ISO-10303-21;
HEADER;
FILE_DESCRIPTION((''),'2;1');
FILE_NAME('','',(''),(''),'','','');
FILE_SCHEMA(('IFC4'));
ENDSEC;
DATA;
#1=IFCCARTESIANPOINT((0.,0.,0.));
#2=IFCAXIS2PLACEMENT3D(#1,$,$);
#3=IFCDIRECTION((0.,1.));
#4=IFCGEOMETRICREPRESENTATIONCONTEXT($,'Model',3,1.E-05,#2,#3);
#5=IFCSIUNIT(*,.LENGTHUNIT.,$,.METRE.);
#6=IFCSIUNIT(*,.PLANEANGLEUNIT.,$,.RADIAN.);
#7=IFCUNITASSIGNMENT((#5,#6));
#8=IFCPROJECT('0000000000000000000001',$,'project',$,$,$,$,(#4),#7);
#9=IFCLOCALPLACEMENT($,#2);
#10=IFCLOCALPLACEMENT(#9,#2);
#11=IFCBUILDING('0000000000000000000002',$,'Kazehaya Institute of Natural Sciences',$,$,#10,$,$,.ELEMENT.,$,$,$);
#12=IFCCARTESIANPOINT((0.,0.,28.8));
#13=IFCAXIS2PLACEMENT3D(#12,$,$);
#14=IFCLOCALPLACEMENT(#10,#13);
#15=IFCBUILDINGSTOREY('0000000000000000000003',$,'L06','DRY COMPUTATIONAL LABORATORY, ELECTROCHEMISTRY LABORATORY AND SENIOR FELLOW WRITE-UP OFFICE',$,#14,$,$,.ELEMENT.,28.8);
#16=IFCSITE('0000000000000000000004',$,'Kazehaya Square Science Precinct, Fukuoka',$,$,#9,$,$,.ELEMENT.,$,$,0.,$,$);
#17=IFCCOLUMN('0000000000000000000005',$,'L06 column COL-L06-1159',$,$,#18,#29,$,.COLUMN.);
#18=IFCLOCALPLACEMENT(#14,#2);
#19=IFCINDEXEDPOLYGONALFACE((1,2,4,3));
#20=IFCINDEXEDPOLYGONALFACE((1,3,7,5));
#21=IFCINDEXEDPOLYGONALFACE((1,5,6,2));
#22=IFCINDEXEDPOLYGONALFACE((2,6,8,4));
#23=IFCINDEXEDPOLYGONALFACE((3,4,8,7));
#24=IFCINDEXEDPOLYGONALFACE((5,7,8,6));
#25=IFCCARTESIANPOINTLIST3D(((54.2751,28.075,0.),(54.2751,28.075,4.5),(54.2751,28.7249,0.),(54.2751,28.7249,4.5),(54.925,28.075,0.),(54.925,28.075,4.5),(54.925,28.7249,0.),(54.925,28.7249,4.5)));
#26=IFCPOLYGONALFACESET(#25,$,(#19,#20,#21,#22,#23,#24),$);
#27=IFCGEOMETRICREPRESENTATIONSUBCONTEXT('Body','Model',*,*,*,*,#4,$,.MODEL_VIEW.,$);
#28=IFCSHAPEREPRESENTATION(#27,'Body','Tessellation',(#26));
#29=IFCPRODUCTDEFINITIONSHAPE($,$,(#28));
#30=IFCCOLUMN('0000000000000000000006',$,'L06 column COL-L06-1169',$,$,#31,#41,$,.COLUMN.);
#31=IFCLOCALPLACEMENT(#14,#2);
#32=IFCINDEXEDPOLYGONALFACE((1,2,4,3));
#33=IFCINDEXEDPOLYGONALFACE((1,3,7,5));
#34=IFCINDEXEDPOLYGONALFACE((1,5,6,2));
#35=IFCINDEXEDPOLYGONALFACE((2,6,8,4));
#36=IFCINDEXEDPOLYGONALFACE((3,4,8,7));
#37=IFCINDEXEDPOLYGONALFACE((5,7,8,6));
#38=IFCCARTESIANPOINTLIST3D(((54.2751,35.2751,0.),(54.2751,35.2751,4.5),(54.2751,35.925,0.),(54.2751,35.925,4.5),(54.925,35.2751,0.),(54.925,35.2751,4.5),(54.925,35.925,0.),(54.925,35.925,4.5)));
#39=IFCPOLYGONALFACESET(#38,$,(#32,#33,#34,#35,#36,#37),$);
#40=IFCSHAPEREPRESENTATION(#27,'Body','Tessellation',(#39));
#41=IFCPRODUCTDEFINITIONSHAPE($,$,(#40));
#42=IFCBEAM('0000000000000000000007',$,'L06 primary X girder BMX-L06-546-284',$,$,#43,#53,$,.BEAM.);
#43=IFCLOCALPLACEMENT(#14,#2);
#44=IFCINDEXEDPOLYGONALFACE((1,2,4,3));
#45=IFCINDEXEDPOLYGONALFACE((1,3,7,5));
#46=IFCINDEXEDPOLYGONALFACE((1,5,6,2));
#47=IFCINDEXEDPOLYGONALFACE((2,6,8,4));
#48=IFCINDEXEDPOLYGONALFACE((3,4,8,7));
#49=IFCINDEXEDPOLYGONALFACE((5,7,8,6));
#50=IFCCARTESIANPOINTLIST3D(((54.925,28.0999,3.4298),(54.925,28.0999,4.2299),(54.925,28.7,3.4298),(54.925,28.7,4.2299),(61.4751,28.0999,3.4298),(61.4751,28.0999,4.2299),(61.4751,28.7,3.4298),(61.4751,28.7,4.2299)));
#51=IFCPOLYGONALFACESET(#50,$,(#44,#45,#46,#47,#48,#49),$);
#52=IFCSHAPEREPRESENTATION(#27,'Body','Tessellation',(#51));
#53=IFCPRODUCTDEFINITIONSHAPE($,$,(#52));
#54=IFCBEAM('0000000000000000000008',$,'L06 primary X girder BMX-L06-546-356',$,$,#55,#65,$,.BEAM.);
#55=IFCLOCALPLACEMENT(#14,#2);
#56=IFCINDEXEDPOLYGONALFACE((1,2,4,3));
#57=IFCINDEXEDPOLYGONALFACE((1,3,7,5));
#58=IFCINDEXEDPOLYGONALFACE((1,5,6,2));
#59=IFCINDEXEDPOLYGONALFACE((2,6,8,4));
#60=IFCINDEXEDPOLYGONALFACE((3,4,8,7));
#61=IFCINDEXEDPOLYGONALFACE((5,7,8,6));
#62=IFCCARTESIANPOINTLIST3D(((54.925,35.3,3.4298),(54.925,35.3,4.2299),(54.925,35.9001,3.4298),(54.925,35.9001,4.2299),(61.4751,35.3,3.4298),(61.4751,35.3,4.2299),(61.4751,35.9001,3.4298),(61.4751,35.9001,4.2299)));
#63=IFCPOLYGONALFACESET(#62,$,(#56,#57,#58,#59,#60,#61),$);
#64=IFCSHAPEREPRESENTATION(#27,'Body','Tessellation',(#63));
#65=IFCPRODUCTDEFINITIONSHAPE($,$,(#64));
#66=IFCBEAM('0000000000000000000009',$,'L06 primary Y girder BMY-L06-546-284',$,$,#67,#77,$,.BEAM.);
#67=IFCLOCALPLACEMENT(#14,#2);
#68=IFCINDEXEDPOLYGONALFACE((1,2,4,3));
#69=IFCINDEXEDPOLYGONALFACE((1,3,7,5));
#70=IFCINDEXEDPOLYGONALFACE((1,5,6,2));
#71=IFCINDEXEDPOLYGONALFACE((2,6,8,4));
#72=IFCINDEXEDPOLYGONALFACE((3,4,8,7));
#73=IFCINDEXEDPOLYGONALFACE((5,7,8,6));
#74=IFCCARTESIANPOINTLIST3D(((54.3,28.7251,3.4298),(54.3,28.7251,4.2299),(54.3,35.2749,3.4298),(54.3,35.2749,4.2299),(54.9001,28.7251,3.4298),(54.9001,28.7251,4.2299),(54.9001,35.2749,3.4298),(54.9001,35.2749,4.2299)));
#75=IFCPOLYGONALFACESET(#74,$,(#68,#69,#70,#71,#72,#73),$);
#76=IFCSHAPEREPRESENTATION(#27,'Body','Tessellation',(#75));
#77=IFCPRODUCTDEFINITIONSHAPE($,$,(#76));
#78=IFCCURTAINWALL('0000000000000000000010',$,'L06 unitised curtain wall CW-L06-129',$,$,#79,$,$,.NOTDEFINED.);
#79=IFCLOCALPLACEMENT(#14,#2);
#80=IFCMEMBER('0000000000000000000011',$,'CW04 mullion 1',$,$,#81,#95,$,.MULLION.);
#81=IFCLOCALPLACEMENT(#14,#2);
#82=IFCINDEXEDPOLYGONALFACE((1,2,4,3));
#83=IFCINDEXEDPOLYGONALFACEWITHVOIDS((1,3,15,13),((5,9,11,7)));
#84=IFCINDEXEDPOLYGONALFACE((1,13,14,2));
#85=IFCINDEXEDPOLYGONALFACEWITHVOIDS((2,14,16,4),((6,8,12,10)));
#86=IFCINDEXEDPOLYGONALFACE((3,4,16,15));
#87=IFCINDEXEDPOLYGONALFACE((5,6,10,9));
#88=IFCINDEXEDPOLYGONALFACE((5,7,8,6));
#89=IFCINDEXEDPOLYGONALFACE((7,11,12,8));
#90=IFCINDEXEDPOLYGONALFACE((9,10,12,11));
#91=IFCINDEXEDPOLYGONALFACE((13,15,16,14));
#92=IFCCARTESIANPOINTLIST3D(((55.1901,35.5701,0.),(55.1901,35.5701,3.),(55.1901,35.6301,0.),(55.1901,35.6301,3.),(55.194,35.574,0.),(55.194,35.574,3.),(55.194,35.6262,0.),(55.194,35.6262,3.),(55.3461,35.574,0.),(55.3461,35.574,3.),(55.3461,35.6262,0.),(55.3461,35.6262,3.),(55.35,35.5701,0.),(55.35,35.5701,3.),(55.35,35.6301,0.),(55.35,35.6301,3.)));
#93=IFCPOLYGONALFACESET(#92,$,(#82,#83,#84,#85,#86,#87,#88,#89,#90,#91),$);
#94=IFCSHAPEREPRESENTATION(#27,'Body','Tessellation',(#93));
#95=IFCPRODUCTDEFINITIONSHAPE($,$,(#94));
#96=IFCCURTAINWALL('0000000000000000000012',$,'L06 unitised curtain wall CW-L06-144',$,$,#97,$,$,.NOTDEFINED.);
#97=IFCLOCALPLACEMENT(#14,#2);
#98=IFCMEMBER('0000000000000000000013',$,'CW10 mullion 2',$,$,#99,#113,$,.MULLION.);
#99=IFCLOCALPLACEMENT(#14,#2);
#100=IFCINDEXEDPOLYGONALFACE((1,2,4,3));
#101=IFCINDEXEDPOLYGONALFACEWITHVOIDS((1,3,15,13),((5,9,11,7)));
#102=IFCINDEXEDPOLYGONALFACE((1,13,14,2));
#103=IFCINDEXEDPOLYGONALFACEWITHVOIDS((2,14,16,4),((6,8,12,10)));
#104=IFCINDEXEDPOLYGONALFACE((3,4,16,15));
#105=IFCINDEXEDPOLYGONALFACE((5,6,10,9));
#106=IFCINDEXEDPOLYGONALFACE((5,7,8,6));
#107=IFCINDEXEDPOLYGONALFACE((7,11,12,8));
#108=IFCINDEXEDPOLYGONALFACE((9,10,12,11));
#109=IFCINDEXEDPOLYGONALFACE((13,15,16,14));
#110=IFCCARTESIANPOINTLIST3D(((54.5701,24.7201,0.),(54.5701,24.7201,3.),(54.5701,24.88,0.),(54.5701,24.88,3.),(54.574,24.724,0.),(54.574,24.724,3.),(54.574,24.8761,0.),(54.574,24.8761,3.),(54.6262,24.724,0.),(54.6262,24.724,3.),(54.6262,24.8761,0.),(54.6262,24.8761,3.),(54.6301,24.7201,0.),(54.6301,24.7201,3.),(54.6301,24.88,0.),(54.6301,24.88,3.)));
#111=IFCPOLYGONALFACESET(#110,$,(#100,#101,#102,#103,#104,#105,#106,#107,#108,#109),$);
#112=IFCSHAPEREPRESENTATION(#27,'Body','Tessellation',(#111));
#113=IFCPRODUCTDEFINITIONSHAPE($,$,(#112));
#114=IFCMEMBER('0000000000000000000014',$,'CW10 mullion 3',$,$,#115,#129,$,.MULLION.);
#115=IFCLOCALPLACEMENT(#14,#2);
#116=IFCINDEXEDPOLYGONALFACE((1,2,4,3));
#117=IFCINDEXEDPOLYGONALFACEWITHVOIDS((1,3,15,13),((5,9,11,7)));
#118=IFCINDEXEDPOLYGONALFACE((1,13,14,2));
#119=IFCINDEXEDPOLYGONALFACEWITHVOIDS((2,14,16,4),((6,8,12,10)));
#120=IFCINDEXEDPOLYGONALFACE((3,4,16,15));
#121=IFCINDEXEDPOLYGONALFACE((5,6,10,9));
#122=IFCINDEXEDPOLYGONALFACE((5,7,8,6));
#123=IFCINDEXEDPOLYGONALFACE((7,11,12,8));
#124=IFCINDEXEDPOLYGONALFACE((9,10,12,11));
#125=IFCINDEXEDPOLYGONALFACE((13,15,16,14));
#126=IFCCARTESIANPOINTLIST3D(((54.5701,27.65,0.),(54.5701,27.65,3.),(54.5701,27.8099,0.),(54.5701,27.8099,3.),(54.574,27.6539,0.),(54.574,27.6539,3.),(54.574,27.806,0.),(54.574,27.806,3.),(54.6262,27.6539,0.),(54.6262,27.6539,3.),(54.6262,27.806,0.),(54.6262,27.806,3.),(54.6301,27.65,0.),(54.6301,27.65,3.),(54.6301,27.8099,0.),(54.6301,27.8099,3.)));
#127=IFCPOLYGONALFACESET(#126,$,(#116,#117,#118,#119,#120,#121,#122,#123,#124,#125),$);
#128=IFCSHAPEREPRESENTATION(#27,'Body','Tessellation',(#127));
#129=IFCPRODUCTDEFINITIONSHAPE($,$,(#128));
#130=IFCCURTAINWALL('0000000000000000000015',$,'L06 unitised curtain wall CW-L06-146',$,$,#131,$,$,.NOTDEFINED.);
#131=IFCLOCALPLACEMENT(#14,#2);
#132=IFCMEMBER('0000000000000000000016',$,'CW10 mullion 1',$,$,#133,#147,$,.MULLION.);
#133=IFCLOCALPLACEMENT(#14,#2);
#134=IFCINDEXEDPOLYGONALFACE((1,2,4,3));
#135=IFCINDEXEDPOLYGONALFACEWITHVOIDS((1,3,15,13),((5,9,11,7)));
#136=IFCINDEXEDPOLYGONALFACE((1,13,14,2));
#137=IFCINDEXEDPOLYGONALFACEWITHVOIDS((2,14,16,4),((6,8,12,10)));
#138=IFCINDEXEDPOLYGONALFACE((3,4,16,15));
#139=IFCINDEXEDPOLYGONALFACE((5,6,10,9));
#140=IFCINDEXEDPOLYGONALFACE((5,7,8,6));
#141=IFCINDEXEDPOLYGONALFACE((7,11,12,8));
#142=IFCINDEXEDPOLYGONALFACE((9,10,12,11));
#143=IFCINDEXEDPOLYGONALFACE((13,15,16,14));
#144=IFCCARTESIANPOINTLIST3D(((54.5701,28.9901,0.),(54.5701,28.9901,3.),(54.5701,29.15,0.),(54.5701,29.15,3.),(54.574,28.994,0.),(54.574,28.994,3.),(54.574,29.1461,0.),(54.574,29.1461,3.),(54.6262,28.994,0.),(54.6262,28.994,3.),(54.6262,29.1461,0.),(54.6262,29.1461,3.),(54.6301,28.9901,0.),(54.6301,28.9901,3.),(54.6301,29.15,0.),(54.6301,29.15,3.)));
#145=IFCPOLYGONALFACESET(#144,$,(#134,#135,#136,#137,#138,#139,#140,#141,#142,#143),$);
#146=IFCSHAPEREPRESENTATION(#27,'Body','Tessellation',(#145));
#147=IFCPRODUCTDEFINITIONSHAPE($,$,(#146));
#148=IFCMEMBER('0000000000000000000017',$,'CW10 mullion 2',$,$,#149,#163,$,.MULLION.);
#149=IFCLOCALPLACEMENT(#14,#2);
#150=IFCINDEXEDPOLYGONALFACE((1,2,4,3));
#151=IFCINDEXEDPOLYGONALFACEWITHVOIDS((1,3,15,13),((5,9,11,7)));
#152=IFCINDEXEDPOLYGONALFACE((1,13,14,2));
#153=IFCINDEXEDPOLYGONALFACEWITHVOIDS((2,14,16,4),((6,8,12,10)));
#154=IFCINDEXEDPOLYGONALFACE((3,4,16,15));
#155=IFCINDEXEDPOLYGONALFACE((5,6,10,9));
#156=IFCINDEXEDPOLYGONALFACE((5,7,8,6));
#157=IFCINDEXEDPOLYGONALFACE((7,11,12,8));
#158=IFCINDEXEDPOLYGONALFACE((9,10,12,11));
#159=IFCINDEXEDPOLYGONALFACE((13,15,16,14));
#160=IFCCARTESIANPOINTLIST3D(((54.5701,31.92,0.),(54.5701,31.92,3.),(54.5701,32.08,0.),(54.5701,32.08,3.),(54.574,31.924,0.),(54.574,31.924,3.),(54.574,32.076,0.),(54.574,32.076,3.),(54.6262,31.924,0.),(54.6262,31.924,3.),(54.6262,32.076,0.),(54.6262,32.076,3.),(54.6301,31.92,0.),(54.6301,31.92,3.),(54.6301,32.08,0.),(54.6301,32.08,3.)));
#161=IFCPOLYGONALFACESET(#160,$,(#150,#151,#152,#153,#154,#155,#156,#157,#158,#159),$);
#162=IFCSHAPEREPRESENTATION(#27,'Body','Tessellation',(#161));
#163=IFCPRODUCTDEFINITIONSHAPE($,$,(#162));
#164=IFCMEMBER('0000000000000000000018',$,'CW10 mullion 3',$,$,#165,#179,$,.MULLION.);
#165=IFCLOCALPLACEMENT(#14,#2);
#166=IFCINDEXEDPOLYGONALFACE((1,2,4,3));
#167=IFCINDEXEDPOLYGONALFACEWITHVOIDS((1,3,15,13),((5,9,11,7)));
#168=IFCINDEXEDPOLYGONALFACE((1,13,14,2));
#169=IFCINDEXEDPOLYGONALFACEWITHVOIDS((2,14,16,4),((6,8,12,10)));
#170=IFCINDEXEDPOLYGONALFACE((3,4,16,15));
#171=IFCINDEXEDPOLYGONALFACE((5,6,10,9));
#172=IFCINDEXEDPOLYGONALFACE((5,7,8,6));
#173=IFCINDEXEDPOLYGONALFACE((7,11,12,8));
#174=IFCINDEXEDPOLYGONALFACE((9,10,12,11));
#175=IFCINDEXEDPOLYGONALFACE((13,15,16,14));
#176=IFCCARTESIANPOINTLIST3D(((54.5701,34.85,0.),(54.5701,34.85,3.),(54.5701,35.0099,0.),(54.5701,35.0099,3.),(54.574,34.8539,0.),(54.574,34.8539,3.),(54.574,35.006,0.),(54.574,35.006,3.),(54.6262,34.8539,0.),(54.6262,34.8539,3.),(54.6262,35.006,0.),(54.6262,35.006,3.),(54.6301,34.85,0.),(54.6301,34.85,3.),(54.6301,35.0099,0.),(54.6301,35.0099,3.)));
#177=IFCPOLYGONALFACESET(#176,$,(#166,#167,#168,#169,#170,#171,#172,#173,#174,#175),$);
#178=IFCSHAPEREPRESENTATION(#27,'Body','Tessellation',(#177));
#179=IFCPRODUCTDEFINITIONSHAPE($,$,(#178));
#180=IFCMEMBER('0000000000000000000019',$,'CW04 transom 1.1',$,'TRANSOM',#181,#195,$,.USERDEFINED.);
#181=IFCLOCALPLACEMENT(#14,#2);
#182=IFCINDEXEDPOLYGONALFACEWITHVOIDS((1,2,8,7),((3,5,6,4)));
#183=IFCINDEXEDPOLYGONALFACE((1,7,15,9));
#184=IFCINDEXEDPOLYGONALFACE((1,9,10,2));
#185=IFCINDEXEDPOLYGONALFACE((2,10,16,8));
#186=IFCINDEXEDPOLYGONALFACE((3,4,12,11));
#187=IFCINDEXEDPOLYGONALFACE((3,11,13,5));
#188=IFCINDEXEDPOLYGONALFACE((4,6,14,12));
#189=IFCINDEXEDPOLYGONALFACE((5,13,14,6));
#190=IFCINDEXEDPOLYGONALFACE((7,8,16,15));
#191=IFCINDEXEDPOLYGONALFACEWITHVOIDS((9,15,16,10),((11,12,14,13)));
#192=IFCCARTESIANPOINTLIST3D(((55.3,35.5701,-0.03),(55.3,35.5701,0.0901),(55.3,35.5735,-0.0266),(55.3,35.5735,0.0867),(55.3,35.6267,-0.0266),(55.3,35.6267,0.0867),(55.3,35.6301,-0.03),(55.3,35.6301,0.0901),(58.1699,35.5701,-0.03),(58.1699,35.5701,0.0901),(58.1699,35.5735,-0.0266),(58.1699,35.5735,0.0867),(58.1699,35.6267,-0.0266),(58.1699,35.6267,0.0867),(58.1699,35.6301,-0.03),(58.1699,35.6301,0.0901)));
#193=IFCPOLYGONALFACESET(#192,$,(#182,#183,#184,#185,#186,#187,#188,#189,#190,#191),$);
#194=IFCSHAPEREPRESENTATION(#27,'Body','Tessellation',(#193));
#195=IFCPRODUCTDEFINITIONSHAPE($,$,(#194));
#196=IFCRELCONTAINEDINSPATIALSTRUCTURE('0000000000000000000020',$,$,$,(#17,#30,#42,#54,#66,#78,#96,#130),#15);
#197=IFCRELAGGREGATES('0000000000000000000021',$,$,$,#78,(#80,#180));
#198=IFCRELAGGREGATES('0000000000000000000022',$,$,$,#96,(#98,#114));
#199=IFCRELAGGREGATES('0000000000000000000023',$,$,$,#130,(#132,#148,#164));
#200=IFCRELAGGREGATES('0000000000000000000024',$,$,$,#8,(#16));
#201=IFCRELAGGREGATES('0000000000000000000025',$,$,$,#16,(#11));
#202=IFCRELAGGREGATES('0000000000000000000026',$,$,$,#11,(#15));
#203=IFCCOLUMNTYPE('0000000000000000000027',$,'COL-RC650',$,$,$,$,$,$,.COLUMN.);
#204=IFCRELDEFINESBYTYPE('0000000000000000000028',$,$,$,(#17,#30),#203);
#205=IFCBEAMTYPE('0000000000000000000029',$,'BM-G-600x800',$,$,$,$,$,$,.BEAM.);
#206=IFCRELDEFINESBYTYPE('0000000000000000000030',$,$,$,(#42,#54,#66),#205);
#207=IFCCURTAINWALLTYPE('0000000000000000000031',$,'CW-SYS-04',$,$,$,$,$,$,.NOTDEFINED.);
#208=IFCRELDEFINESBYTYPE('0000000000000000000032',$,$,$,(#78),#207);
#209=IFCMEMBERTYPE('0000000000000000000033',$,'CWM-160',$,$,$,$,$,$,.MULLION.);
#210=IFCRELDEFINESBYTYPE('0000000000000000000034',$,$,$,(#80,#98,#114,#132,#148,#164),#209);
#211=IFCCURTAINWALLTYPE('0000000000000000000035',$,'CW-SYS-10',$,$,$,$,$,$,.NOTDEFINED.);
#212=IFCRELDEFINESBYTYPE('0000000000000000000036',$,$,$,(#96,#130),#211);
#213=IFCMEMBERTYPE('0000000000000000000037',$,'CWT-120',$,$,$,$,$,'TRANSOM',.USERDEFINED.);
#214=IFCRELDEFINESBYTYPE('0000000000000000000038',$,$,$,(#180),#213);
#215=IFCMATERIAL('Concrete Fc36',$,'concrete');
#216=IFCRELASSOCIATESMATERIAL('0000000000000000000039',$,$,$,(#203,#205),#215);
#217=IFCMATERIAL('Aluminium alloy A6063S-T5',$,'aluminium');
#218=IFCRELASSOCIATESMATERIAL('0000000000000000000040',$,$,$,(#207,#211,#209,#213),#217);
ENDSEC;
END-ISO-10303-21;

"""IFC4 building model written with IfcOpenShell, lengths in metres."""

from ifc_helpers import new_model, si_unit, direction, frame, origin, origin_2d, place, context, subcontext, project, spatial, rectangle, hollow_rectangle, extrude, material, material_profile, profile_set, type_object, element, aggregate, save


model = new_model("IFC4")

# Units and contexts
model_context = context("Model", 3, precision=1e-05, world=origin(), true_north=direction((0.0, 1.0)))
body_context = subcontext(model_context, "Body", "Model", "MODEL_VIEW")
ifc_project = project(units=[si_unit("LENGTHUNIT", "METRE"), si_unit("PLANEANGLEUNIT", "RADIAN")], contexts=[model_context])

# Site, building, storey
site_placement = place(None, origin())
site = spatial("IfcSite", under=ifc_project, at=site_placement, Name="Kazehaya Square Science Precinct, Fukuoka", CompositionType="ELEMENT", RefElevation=0.0)
building_placement = place(site_placement, origin())
building = spatial("IfcBuilding", under=site, at=building_placement, Name="Kazehaya Institute of Natural Sciences", CompositionType="ELEMENT")
storey_placement = place(building_placement, frame((0.0, 0.0, 28.8)))
storey = spatial("IfcBuildingStorey", under=building, at=storey_placement, Name="L06", Description="DRY COMPUTATIONAL LABORATORY, ELECTROCHEMISTRY LABORATORY AND SENIOR FELLOW WRITE-UP OFFICE", CompositionType="ELEMENT", Elevation=28.8)

# Columns
ifc_material_1 = material(Name="Concrete Fc36", Category="concrete")
ifc_material_profile_1 = material_profile(ifc_material_1, rectangle(XDim=0.6499, YDim=0.6499, at=origin_2d()), Name="RC-650x650")
ifc_profile_set_1 = profile_set([ifc_material_profile_1], Name="Concrete Fc36")
column_type = type_object("IfcColumnType", Name="COL-RC650", PredefinedType="COLUMN", material=ifc_profile_set_1)
for number, where, z_axis, x_axis, name in (
    (1, (54.6001, 28.3999, 0.0), (0.0, 0.0, 1.0), (1.0, 0.0, 0.0), "L06 column COL-L06-1159"),
    (2, (54.6001, 35.6001, 0.0), (0.0, 0.0, 1.0), (1.0, 0.0, 0.0), "L06 column COL-L06-1169"),
):
    element("IfcColumn", number, at=place(storey_placement, frame(where, z_axis=z_axis, x_axis=x_axis)), inside=storey, type_object=column_type, Name=name, PredefinedType="COLUMN", context=body_context, shape_type="SweptSolid", body=[
        extrude(rectangle(XDim=0.6499, YDim=0.6499, at=origin_2d()), origin(), (0.0, 0.0, 1.0), 4.5),
    ])

# Beams
ifc_material_profile_2 = material_profile(ifc_material_1, rectangle(XDim=0.6001, YDim=0.8, at=origin_2d()), Name="RC-600x800")
ifc_profile_set_2 = profile_set([ifc_material_profile_2], Name="Concrete Fc36")
beam_type = type_object("IfcBeamType", Name="BM-G-600x800", PredefinedType="BEAM", material=ifc_profile_set_2)
for number, where, z_axis, x_axis, name in (
    (3, (54.925, 28.3999, 3.8298), (1.0, 0.0, 0.0), (0.0, 1.0, 0.0), "L06 primary X girder BMX-L06-546-284"),
    (4, (54.925, 35.6001, 3.8298), (1.0, 0.0, 0.0), (0.0, 1.0, 0.0), "L06 primary X girder BMX-L06-546-356"),
):
    element("IfcBeam", number, at=place(storey_placement, frame(where, z_axis=z_axis, x_axis=x_axis)), inside=storey, type_object=beam_type, Name=name, PredefinedType="BEAM", context=body_context, shape_type="SweptSolid", body=[
        extrude(rectangle(XDim=0.6001, YDim=0.8, at=origin_2d()), origin(), (0.0, 0.0, 1.0), 6.55),
    ])
beam_placement = place(storey_placement, frame((54.6001, 28.7251, 3.8298), z_axis=(0.0, 1.0, 0.0), x_axis=(-1.0, 0.0, 0.0)))
element("IfcBeam", 5, at=beam_placement, inside=storey, type_object=beam_type, Name="L06 primary Y girder BMY-L06-546-284", PredefinedType="BEAM", context=body_context, shape_type="SweptSolid", body=[
    extrude(rectangle(XDim=0.6001, YDim=0.8, at=origin_2d()), origin(), (0.0, 0.0, 1.0), 6.5498),
])

# Curtain wall, member
ifc_material_2 = material(Name="Aluminium alloy A6063S-T5", Category="aluminium")
curtain_wall_type_1 = type_object("IfcCurtainWallType", Name="CW-SYS-04", PredefinedType="NOTDEFINED", material=ifc_material_2)
curtain_wall_1_placement = place(storey_placement, origin())
curtain_wall_1 = element("IfcCurtainWall", 6, at=curtain_wall_1_placement, inside=storey, type_object=curtain_wall_type_1, Name="L06 unitised curtain wall CW-L06-129", PredefinedType="NOTDEFINED")
ifc_material_profile_3 = material_profile(ifc_material_2, hollow_rectangle(XDim=0.0601, YDim=0.1599, WallThickness=0.0039, at=origin_2d()), Name="ALU-60x160x4")
ifc_profile_set_3 = profile_set([ifc_material_profile_3], Name="Aluminium alloy A6063S-T5")
member_type_1 = type_object("IfcMemberType", Name="CWM-160", PredefinedType="MULLION", material=ifc_profile_set_3)
member_1_placement = place(storey_placement, frame((55.27, 35.6001, 0.0), z_axis=(0.0, 0.0, 1.0), x_axis=(0.0, 1.0, 0.0)))
member_1 = element("IfcMember", 7, at=member_1_placement, type_object=member_type_1, Name="CW04 mullion 1", PredefinedType="MULLION", context=body_context, shape_type="SweptSolid", body=[
    extrude(hollow_rectangle(XDim=0.0601, YDim=0.1599, WallThickness=0.0039, at=origin_2d()), origin(), (0.0, 0.0, 1.0), 3.0),
])

# Curtain walls, members
curtain_wall_type_2 = type_object("IfcCurtainWallType", Name="CW-SYS-10", PredefinedType="NOTDEFINED", material=ifc_material_2)
curtain_wall_2_placement = place(storey_placement, origin())
curtain_wall_2 = element("IfcCurtainWall", 8, at=curtain_wall_2_placement, inside=storey, type_object=curtain_wall_type_2, Name="L06 unitised curtain wall CW-L06-144", PredefinedType="NOTDEFINED")
member_2_placement = place(storey_placement, frame((54.6001, 24.8, 0.0), z_axis=(0.0, 0.0, 1.0), x_axis=(-1.0, 0.0, 0.0)))
member_2 = element("IfcMember", 9, at=member_2_placement, type_object=member_type_1, Name="CW10 mullion 2", PredefinedType="MULLION", context=body_context, shape_type="SweptSolid", body=[
    extrude(hollow_rectangle(XDim=0.0601, YDim=0.1599, WallThickness=0.0039, at=origin_2d()), origin(), (0.0, 0.0, 1.0), 3.0),
])
member_3_placement = place(storey_placement, frame((54.6001, 27.73, 0.0), z_axis=(0.0, 0.0, 1.0), x_axis=(-1.0, 0.0, 0.0)))
member_3 = element("IfcMember", 10, at=member_3_placement, type_object=member_type_1, Name="CW10 mullion 3", PredefinedType="MULLION", context=body_context, shape_type="SweptSolid", body=[
    extrude(hollow_rectangle(XDim=0.0601, YDim=0.1599, WallThickness=0.0039, at=origin_2d()), origin(), (0.0, 0.0, 1.0), 3.0),
])
curtain_wall_3_placement = place(storey_placement, origin())
curtain_wall_3 = element("IfcCurtainWall", 11, at=curtain_wall_3_placement, inside=storey, type_object=curtain_wall_type_2, Name="L06 unitised curtain wall CW-L06-146", PredefinedType="NOTDEFINED")
member_4_placement = place(storey_placement, frame((54.6001, 29.0701, 0.0), z_axis=(0.0, 0.0, 1.0), x_axis=(-1.0, 0.0, 0.0)))
member_4 = element("IfcMember", 12, at=member_4_placement, type_object=member_type_1, Name="CW10 mullion 1", PredefinedType="MULLION", context=body_context, shape_type="SweptSolid", body=[
    extrude(hollow_rectangle(XDim=0.0601, YDim=0.1599, WallThickness=0.0039, at=origin_2d()), origin(), (0.0, 0.0, 1.0), 3.0),
])
member_5_placement = place(storey_placement, frame((54.6001, 32.0, 0.0), z_axis=(0.0, 0.0, 1.0), x_axis=(-1.0, 0.0, 0.0)))
member_5 = element("IfcMember", 13, at=member_5_placement, type_object=member_type_1, Name="CW10 mullion 2", PredefinedType="MULLION", context=body_context, shape_type="SweptSolid", body=[
    extrude(hollow_rectangle(XDim=0.0601, YDim=0.1599, WallThickness=0.0039, at=origin_2d()), origin(), (0.0, 0.0, 1.0), 3.0),
])
member_6_placement = place(storey_placement, frame((54.6001, 34.9299, 0.0), z_axis=(0.0, 0.0, 1.0), x_axis=(-1.0, 0.0, 0.0)))
member_6 = element("IfcMember", 14, at=member_6_placement, type_object=member_type_1, Name="CW10 mullion 3", PredefinedType="MULLION", context=body_context, shape_type="SweptSolid", body=[
    extrude(hollow_rectangle(XDim=0.0601, YDim=0.1599, WallThickness=0.0039, at=origin_2d()), origin(), (0.0, 0.0, 1.0), 3.0),
])

# Member
ifc_material_profile_4 = material_profile(ifc_material_2, hollow_rectangle(XDim=0.0601, YDim=0.1201, WallThickness=0.0034, at=origin_2d()), Name="ALU-60x120x3.5")
ifc_profile_set_4 = profile_set([ifc_material_profile_4], Name="Aluminium alloy A6063S-T5")
member_type_2 = type_object("IfcMemberType", Name="CWT-120", ElementType="TRANSOM", PredefinedType="USERDEFINED", material=ifc_profile_set_4)
member_7_placement = place(storey_placement, frame((55.3, 35.6001, 0.03), z_axis=(1.0, 0.0, 0.0), x_axis=(0.0, 1.0, 0.0)))
member_7 = element("IfcMember", 15, at=member_7_placement, type_object=member_type_2, Name="CW04 transom 1.1", ObjectType="TRANSOM", PredefinedType="USERDEFINED", context=body_context, shape_type="SweptSolid", body=[
    extrude(hollow_rectangle(XDim=0.0601, YDim=0.1201, WallThickness=0.0034, at=origin_2d()), origin(), (0.0, 0.0, 1.0), 2.8699),
])
aggregate(curtain_wall_1, [member_1, member_7])

aggregate(curtain_wall_2, [member_2, member_3])
aggregate(curtain_wall_3, [member_4, member_5, member_6])

save(model, "model.ifc")
